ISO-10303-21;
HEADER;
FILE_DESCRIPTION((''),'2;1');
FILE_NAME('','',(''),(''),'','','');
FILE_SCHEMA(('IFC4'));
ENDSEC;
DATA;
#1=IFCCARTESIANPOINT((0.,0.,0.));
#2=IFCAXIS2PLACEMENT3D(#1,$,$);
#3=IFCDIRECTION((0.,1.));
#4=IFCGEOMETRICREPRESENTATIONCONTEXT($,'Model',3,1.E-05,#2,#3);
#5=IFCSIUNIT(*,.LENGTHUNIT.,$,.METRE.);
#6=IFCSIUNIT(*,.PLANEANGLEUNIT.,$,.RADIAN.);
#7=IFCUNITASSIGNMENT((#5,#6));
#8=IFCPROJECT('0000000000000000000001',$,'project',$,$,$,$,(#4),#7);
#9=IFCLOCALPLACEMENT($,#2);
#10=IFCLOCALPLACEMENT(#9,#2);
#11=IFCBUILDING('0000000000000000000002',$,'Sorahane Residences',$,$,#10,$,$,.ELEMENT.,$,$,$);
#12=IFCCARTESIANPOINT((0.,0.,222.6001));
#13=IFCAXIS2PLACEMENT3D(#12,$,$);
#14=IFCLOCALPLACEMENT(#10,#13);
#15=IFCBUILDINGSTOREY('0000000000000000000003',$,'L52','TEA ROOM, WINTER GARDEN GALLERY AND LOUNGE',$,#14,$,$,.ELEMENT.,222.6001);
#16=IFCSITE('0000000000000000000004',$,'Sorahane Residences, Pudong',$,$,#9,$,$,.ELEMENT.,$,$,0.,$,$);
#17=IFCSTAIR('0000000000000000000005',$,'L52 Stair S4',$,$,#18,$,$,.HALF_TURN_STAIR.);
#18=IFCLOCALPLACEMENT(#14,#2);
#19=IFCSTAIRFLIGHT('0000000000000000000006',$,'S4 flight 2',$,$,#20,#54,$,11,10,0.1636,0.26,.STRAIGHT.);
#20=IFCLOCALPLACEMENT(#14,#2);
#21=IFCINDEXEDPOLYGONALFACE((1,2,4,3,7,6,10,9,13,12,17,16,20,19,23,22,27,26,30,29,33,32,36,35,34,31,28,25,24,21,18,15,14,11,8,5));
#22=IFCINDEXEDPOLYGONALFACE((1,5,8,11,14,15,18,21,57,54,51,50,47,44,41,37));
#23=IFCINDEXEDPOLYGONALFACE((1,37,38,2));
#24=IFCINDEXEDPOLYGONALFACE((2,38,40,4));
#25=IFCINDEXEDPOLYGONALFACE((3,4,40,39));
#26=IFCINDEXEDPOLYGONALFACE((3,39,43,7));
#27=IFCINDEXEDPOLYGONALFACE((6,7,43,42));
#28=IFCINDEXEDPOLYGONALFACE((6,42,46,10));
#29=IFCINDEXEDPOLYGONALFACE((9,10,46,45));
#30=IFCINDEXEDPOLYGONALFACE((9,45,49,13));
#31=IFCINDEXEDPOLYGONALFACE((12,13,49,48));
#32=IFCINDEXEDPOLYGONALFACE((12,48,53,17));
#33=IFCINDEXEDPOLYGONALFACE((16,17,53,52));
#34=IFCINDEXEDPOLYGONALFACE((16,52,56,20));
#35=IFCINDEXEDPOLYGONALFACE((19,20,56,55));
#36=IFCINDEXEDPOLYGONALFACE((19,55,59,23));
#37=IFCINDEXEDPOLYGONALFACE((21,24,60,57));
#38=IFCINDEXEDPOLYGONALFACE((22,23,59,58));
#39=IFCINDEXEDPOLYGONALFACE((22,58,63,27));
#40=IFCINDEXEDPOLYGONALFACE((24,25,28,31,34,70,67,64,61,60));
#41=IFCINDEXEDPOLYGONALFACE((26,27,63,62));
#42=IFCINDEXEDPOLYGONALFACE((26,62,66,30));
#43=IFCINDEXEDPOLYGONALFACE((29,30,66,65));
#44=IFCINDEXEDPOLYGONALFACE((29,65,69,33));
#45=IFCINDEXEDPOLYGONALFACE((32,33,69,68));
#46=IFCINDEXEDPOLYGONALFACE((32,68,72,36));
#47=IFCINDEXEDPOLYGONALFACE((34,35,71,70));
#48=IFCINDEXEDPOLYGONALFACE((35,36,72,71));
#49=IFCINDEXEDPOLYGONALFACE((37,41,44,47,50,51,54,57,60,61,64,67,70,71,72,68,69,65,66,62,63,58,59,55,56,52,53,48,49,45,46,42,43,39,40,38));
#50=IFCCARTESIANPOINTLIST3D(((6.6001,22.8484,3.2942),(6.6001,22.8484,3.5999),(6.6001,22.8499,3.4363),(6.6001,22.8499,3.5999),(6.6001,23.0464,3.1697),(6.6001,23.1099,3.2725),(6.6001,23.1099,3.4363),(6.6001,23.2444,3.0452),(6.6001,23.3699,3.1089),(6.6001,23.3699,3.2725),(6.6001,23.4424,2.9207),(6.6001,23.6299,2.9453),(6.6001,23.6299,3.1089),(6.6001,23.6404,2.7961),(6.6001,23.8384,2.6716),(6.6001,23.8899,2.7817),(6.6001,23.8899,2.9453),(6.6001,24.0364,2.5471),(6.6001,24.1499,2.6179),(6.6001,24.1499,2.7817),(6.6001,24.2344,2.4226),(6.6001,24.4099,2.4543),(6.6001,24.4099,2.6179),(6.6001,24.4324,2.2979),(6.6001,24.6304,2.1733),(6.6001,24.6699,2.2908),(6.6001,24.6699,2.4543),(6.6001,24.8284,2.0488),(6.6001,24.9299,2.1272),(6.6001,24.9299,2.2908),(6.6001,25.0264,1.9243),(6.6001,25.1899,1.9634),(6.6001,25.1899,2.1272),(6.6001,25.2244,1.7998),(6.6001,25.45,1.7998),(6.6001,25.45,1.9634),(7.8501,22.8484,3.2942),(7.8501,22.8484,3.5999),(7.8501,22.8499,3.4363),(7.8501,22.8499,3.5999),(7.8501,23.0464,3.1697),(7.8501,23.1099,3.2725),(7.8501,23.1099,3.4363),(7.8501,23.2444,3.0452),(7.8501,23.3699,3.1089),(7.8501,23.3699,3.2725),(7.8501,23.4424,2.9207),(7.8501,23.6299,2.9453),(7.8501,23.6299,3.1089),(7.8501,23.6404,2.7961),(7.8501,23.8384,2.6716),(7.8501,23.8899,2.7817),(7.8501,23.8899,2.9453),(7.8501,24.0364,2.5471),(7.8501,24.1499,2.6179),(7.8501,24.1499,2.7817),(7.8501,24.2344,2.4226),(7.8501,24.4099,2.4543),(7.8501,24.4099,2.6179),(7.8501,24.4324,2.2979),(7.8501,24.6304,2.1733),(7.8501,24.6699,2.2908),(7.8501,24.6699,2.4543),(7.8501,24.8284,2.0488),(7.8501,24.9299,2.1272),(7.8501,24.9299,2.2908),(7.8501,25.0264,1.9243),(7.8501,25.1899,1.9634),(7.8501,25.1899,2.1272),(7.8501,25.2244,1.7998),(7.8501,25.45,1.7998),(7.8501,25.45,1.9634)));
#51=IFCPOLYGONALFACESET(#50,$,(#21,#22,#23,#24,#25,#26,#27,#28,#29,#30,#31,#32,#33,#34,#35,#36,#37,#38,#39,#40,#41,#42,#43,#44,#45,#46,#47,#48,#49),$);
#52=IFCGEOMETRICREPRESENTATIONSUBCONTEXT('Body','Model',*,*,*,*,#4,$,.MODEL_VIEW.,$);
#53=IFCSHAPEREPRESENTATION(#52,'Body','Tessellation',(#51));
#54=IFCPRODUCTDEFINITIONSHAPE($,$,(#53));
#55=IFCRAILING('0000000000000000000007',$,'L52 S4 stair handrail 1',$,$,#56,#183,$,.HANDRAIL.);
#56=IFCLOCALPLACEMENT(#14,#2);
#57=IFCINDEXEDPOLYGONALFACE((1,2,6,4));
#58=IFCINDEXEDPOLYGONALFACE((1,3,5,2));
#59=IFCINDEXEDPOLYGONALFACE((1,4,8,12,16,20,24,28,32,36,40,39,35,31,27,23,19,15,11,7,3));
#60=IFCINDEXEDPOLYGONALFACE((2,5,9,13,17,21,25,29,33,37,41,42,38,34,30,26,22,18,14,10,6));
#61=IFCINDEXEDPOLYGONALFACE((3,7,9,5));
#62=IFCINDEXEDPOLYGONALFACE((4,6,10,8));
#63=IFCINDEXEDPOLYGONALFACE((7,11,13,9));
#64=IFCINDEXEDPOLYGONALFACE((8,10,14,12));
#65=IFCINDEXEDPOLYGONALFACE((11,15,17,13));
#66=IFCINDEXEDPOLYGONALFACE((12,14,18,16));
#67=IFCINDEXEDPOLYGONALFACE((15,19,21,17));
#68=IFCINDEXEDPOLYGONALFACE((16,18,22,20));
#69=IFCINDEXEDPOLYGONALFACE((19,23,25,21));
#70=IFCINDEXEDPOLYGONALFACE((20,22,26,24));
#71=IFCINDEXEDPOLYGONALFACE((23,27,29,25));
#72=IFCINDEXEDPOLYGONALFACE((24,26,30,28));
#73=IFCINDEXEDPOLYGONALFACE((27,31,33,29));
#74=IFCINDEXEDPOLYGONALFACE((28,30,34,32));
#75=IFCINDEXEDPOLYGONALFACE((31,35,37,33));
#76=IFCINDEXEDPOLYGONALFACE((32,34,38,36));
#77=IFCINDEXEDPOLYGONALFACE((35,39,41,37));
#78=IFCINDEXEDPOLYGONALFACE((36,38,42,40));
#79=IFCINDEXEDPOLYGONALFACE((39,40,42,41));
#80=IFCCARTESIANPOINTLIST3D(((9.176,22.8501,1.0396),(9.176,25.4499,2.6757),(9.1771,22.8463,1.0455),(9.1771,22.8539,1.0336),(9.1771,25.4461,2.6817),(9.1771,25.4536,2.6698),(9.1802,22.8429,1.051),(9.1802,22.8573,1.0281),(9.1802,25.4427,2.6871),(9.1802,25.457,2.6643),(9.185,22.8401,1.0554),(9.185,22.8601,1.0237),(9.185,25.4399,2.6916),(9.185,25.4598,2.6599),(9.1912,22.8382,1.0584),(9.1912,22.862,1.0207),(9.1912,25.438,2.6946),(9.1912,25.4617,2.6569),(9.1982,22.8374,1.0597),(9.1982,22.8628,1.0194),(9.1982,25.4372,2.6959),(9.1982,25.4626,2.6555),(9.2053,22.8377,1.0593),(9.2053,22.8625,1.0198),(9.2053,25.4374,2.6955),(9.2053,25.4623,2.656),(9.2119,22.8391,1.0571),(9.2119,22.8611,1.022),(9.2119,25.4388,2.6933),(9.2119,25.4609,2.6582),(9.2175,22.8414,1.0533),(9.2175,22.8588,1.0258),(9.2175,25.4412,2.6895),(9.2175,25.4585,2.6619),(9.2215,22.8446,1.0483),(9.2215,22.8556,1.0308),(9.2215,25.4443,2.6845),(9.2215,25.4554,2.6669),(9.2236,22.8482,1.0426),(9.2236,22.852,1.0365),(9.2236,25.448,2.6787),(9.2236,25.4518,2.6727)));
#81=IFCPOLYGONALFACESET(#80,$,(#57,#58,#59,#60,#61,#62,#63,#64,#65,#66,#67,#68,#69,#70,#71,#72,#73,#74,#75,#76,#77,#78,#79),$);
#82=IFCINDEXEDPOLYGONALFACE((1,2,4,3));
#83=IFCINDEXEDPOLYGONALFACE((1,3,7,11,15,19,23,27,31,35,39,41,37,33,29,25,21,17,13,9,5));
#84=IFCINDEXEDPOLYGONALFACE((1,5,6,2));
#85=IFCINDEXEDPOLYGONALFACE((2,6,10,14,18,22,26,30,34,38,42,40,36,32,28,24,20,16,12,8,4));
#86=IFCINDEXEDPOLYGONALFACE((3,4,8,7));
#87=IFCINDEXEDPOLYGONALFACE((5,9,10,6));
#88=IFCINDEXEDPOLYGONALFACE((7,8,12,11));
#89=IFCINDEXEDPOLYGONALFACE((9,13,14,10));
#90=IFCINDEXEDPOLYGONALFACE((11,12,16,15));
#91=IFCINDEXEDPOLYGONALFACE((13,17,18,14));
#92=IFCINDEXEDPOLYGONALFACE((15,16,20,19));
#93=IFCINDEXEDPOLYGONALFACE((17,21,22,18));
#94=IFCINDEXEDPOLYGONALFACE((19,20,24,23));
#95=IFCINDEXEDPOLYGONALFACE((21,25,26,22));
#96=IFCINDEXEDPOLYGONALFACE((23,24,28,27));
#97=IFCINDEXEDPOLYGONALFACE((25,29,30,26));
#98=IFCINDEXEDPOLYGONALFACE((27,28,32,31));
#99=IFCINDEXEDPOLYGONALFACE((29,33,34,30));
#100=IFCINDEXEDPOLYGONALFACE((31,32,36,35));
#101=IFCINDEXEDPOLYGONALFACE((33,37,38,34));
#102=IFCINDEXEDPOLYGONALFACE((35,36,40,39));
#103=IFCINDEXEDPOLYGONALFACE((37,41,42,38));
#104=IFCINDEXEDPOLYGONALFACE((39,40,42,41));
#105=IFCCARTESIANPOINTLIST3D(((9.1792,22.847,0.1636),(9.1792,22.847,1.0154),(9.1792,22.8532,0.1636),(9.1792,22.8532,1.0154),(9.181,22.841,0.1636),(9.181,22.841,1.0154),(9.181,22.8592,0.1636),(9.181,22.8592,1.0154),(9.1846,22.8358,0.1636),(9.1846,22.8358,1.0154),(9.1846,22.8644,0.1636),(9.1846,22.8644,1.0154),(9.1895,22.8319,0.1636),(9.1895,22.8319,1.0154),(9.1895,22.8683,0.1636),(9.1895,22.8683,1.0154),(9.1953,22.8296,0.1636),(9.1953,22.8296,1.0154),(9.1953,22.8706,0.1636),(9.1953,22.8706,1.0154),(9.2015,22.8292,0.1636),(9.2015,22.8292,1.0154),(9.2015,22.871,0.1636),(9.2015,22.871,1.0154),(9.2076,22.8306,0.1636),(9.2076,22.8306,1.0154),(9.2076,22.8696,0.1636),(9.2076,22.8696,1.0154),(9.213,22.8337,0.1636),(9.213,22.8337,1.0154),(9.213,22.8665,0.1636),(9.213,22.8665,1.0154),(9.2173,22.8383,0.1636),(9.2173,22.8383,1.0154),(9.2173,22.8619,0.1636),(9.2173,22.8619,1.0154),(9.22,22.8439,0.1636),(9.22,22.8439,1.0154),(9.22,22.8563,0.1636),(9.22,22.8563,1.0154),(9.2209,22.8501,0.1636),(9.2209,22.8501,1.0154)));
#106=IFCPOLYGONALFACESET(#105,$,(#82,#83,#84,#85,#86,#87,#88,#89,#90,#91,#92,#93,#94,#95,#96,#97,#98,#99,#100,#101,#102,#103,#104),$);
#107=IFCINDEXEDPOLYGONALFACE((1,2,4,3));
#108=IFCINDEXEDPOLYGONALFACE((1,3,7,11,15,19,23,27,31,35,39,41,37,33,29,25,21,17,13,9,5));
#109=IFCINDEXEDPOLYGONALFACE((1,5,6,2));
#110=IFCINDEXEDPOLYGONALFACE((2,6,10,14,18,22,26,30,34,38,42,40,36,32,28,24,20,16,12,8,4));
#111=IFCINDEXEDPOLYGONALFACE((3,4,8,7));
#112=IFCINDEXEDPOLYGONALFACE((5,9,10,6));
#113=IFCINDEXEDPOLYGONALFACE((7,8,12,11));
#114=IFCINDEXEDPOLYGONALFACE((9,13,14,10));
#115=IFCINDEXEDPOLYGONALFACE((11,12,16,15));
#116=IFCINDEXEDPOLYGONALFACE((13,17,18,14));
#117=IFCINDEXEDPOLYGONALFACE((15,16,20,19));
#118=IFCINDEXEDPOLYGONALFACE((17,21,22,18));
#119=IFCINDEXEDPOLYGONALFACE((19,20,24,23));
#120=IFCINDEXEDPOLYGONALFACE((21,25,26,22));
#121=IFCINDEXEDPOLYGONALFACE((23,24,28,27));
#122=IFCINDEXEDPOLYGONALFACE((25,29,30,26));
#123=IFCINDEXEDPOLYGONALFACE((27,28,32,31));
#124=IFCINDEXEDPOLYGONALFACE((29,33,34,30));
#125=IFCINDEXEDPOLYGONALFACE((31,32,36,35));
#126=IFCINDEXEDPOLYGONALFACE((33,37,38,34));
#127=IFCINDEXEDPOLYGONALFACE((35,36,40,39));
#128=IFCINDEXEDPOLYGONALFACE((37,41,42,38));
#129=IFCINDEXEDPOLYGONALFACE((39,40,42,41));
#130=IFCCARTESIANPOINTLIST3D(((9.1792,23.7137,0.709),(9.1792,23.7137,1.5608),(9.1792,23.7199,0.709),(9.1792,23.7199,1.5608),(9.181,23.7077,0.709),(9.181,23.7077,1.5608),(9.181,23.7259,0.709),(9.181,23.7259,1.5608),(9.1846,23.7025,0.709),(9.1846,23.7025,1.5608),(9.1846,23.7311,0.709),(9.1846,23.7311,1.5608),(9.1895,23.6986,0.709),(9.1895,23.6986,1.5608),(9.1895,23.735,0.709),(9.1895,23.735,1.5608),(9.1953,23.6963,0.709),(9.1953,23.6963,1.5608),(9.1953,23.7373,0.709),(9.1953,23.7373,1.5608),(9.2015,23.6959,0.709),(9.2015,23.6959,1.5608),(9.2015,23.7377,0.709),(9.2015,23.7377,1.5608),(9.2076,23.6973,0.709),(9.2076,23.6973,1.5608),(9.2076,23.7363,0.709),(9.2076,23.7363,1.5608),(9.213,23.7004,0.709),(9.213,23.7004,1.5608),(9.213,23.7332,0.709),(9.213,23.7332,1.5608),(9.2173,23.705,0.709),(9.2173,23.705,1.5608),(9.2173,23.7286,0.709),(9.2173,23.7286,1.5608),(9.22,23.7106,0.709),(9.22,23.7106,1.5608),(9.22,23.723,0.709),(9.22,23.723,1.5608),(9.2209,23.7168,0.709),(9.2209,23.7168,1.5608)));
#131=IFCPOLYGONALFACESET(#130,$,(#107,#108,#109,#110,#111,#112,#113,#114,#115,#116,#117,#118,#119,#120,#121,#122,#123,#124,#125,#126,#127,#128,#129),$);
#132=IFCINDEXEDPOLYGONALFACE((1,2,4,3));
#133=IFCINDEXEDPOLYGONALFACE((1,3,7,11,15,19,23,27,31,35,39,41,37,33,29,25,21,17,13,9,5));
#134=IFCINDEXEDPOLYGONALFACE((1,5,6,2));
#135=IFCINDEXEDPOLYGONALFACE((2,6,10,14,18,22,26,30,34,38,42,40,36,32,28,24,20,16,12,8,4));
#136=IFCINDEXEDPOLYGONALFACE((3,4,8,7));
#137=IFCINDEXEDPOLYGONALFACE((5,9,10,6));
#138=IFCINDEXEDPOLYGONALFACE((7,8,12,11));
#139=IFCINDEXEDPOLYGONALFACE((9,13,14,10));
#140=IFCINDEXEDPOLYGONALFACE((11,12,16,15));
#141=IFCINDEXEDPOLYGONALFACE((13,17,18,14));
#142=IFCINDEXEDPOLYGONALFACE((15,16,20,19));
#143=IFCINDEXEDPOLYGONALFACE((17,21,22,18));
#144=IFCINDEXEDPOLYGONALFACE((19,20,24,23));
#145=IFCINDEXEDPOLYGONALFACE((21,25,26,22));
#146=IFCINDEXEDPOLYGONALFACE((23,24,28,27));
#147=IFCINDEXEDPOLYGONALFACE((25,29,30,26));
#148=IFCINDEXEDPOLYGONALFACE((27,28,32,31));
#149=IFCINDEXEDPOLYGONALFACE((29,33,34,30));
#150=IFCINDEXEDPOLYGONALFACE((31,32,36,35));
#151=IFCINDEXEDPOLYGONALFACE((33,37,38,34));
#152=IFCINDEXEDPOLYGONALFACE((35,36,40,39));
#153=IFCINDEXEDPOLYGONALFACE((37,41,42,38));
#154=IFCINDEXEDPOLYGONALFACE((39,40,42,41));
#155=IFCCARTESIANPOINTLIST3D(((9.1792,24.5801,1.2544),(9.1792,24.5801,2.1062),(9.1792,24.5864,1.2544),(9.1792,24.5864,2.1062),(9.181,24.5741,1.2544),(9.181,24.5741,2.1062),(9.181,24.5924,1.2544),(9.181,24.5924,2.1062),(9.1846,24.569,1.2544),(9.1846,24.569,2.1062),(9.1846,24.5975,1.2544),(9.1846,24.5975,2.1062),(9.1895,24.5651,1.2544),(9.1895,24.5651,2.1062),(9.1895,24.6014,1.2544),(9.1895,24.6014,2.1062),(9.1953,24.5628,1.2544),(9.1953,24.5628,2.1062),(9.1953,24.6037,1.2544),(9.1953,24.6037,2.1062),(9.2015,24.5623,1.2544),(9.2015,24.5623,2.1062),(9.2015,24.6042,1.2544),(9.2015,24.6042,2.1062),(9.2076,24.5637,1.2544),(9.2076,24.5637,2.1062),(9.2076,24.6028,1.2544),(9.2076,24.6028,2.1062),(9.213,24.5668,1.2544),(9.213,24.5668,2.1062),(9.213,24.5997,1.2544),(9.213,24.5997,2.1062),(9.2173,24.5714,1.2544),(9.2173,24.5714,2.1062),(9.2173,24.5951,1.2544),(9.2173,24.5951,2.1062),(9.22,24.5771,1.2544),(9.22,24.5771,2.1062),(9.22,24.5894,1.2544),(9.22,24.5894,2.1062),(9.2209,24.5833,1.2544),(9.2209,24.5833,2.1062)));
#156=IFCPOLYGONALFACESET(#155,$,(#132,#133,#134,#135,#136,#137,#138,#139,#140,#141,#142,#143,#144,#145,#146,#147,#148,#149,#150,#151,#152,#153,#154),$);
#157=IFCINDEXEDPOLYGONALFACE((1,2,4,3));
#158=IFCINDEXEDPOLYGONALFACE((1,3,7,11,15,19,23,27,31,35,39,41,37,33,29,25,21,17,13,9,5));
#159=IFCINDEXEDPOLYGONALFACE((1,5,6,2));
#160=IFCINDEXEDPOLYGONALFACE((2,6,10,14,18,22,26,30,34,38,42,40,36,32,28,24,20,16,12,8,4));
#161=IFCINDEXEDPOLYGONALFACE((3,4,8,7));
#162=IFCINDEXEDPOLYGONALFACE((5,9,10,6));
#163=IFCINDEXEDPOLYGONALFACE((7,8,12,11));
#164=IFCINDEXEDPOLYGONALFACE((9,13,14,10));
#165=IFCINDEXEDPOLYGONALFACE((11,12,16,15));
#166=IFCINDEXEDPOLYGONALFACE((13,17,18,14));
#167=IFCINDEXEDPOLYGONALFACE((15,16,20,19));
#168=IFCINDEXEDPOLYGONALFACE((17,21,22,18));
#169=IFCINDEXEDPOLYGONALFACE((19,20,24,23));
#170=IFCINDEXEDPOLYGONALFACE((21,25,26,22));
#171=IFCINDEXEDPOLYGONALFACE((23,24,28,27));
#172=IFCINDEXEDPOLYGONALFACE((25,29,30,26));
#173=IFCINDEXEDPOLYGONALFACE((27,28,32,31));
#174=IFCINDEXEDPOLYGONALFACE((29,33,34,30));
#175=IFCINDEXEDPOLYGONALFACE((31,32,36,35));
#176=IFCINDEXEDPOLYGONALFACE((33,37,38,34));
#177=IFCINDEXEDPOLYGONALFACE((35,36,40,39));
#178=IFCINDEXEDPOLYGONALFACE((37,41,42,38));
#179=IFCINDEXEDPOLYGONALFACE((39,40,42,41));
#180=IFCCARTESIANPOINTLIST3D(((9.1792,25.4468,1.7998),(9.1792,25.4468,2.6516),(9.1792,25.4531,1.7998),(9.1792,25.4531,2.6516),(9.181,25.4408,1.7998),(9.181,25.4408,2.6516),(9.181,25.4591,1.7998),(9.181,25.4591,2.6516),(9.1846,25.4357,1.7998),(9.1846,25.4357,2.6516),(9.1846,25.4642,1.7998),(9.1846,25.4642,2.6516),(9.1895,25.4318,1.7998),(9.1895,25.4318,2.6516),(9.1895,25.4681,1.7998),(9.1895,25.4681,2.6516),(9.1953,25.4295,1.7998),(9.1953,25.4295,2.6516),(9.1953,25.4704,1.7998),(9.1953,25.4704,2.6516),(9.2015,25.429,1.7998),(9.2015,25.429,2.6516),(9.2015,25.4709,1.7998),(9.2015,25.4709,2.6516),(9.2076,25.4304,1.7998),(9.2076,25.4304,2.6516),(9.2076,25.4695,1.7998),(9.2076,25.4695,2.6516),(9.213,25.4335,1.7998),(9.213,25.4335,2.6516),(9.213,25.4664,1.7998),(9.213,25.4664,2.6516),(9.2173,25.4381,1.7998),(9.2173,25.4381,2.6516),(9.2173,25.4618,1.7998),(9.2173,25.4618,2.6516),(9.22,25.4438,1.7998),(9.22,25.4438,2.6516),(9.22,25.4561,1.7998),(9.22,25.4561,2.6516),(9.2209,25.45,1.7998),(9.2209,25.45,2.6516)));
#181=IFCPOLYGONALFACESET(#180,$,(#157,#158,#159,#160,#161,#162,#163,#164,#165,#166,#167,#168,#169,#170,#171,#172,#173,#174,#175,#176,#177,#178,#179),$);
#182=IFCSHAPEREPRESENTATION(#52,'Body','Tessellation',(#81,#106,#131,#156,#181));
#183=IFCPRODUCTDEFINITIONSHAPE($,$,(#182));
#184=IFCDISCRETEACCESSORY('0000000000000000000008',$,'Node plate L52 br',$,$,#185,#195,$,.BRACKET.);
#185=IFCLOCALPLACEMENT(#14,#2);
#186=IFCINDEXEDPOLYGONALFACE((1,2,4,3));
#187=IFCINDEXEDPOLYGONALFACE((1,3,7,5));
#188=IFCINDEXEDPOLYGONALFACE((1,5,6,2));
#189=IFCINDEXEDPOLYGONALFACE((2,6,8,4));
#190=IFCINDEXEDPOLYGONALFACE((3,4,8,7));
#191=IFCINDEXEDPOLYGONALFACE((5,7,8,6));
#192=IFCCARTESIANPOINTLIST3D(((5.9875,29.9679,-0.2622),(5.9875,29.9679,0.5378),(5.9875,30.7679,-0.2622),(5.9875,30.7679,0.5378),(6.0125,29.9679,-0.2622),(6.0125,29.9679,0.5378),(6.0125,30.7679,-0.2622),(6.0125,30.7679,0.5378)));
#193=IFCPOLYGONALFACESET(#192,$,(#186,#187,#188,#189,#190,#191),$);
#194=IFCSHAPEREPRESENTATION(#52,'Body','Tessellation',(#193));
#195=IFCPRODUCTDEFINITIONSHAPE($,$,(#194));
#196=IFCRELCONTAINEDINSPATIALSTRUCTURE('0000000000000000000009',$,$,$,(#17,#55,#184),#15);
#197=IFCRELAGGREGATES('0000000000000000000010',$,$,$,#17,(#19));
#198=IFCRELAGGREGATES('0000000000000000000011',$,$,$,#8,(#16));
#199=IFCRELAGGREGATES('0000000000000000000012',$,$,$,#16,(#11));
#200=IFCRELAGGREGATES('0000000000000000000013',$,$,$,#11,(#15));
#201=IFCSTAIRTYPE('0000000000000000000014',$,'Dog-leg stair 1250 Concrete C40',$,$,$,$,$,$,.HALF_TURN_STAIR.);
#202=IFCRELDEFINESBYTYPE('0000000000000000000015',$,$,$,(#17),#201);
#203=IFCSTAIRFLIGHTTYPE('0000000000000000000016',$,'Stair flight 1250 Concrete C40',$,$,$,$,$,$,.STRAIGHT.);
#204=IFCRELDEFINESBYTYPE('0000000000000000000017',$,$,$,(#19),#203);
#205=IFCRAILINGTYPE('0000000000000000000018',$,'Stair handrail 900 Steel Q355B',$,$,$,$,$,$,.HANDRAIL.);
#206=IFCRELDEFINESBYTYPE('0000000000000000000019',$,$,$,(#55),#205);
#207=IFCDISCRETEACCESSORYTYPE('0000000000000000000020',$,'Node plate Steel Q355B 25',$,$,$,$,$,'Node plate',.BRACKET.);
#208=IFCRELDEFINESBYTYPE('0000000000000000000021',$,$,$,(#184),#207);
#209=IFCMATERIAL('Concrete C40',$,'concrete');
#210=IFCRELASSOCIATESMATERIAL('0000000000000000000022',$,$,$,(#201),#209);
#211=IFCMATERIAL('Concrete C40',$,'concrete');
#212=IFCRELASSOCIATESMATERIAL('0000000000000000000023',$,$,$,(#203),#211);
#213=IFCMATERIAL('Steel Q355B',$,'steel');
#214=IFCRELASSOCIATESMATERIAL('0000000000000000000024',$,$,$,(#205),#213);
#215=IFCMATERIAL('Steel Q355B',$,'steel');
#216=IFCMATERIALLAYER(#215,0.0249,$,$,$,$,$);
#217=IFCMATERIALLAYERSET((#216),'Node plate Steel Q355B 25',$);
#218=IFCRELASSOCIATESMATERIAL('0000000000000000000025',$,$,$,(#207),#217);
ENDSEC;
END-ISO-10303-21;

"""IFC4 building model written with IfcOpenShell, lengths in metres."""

from ifc_helpers import new_model, si_unit, direction, frame, origin, origin_2d, place, context, subcontext, project, spatial, polyline, rectangle, circle, outline, extrude, material, layer, layer_set, type_object, element, aggregate, save


model = new_model("IFC4")

# Units and contexts
model_context = context("Model", 3, precision=1e-05, world=origin(), true_north=direction((0.0, 1.0)))
body_context = subcontext(model_context, "Body", "Model", "MODEL_VIEW")
ifc_project = project(units=[si_unit("LENGTHUNIT", "METRE"), si_unit("PLANEANGLEUNIT", "RADIAN")], contexts=[model_context])

# Site, building, storey
site_placement = place(None, origin())
site = spatial("IfcSite", under=ifc_project, at=site_placement, Name="Sorahane Residences, Pudong", CompositionType="ELEMENT", RefElevation=0.0)
building_placement = place(site_placement, origin())
building = spatial("IfcBuilding", under=site, at=building_placement, Name="Sorahane Residences", CompositionType="ELEMENT")
storey_placement = place(building_placement, frame((0.0, 0.0, 222.6001)))
storey = spatial("IfcBuildingStorey", under=building, at=storey_placement, Name="L52", Description="TEA ROOM, WINTER GARDEN GALLERY AND LOUNGE", CompositionType="ELEMENT", Elevation=222.6001)

# Stair, stair flight
ifc_material_1 = material(Name="Concrete C40", Category="concrete")
stair_type = type_object("IfcStairType", Name="Dog-leg stair 1250 Concrete C40", PredefinedType="HALF_TURN_STAIR", material=ifc_material_1)
stair_placement = place(storey_placement, origin())
stair = element("IfcStair", 1, at=stair_placement, inside=storey, type_object=stair_type, Name="L52 Stair S4", PredefinedType="HALF_TURN_STAIR")
ifc_material_2 = material(Name="Concrete C40", Category="concrete")
stair_flight_type = type_object("IfcStairFlightType", Name="Stair flight 1250 Concrete C40", PredefinedType="STRAIGHT", material=ifc_material_2)
stair_flight_1_placement = place(storey_placement, frame((7.2251, 25.45, 1.7998), z_axis=(0.0, 0.0, 1.0), x_axis=(0.0, -1.0, 0.0)))
stair_flight_1 = element("IfcStairFlight", 2, at=stair_flight_1_placement, type_object=stair_flight_type, Name="S4 flight 2", NumberOfRisers=11, NumberOfTreads=10, PredefinedType="STRAIGHT", RiserHeight=0.1636, TreadLength=0.26, context=body_context, shape_type="SweptSolid", body=[
    extrude(outline(polyline([(0.0, 0.0), (0.0, 0.1636), (0.26, 0.1636), (0.26, 0.3274), (0.52, 0.3274), (0.52, 0.491), (0.78, 0.491), (0.78, 0.6545), (1.04, 0.6545), (1.04, 0.8181), (1.3, 0.8181), (1.3, 0.9819), (1.5601, 0.9819), (1.5601, 1.1455), (1.8201, 1.1455), (1.8201, 1.3091), (2.0801, 1.3091), (2.0801, 1.4727), (2.3401, 1.4727), (2.3401, 1.6365), (2.6001, 1.6365), (2.6001, 1.8), (2.6016, 1.8), (2.6016, 1.4944), (2.4036, 1.3699), (2.2056, 1.2454), (2.0076, 1.1208), (1.8096, 0.9963), (1.6116, 0.8718), (1.4136, 0.7473), (1.2156, 0.6228), (1.0176, 0.498), (0.8196, 0.3735), (0.6216, 0.249), (0.4236, 0.1245), (0.2256, 0.0), (0.0, 0.0)])), frame((0.0, 0.625, 0.0), z_axis=(0.0, -1.0, 0.0), x_axis=(1.0, 0.0, 0.0)), (0.0, 0.0, 1.0), 1.25),
])
aggregate(stair, [stair_flight_1])

# Railing
ifc_material_3 = material(Name="Steel Q355B", Category="steel")
railing_type_1 = type_object("IfcRailingType", Name="Stair handrail 900 Steel Q355B", PredefinedType="HANDRAIL", material=ifc_material_3)
railing_1_placement = place(storey_placement, frame((9.2, 22.8501, 0.1636)))
element("IfcRailing", 3, at=railing_1_placement, inside=storey, type_object=railing_type_1, Name="L52 S4 stair handrail 1", PredefinedType="HANDRAIL", context=body_context, shape_type="SweptSolid", body=[
    extrude(circle(Radius=0.0239, at=origin_2d()), frame((0.0, 0.0, 0.876), z_axis=(0.0, 0.846338, 0.532647), x_axis=(-1.0, 0.0, 0.0)), (0.0, 0.0, 1.0), 3.0718),
    extrude(circle(Radius=0.021, at=origin_2d()), origin(), (0.0, 0.0, 1.0), 0.8518),
    extrude(circle(Radius=0.021, at=origin_2d()), frame((0.0, 0.8667, 0.5454)), (0.0, 0.0, 1.0), 0.8518),
    extrude(circle(Radius=0.021, at=origin_2d()), frame((0.0, 1.7332, 1.0908)), (0.0, 0.0, 1.0), 0.8518),
    extrude(circle(Radius=0.021, at=origin_2d()), frame((0.0, 2.5999, 1.6362)), (0.0, 0.0, 1.0), 0.8518),
])

# Discrete accessory
ifc_material_4 = material(Name="Steel Q355B", Category="steel")
ifc_layer_1 = layer(ifc_material_4, 0.0249)
ifc_layer_set_1 = layer_set([ifc_layer_1], Name="Node plate Steel Q355B 25")
discrete_accessory_type = type_object("IfcDiscreteAccessoryType", Name="Node plate Steel Q355B 25", ElementType="Node plate", PredefinedType="BRACKET", material=ifc_layer_set_1)
for number, where, z_axis, x_axis, name in (
    (4, (6.0, 30.3679, -0.2622), (0.0, 0.0, 1.0), (0.0, 1.0, 0.0), "Node plate L52 br"),
):
    element("IfcDiscreteAccessory", number, at=place(storey_placement, frame(where, z_axis=z_axis, x_axis=x_axis)), inside=storey, type_object=discrete_accessory_type, Name=name, PredefinedType="BRACKET", context=body_context, shape_type="SweptSolid", body=[
        extrude(rectangle(XDim=0.8, YDim=0.0249, at=origin_2d()), origin(), (0.0, 0.0, 1.0), 0.8),
    ])

save(model, "model.ifc")
